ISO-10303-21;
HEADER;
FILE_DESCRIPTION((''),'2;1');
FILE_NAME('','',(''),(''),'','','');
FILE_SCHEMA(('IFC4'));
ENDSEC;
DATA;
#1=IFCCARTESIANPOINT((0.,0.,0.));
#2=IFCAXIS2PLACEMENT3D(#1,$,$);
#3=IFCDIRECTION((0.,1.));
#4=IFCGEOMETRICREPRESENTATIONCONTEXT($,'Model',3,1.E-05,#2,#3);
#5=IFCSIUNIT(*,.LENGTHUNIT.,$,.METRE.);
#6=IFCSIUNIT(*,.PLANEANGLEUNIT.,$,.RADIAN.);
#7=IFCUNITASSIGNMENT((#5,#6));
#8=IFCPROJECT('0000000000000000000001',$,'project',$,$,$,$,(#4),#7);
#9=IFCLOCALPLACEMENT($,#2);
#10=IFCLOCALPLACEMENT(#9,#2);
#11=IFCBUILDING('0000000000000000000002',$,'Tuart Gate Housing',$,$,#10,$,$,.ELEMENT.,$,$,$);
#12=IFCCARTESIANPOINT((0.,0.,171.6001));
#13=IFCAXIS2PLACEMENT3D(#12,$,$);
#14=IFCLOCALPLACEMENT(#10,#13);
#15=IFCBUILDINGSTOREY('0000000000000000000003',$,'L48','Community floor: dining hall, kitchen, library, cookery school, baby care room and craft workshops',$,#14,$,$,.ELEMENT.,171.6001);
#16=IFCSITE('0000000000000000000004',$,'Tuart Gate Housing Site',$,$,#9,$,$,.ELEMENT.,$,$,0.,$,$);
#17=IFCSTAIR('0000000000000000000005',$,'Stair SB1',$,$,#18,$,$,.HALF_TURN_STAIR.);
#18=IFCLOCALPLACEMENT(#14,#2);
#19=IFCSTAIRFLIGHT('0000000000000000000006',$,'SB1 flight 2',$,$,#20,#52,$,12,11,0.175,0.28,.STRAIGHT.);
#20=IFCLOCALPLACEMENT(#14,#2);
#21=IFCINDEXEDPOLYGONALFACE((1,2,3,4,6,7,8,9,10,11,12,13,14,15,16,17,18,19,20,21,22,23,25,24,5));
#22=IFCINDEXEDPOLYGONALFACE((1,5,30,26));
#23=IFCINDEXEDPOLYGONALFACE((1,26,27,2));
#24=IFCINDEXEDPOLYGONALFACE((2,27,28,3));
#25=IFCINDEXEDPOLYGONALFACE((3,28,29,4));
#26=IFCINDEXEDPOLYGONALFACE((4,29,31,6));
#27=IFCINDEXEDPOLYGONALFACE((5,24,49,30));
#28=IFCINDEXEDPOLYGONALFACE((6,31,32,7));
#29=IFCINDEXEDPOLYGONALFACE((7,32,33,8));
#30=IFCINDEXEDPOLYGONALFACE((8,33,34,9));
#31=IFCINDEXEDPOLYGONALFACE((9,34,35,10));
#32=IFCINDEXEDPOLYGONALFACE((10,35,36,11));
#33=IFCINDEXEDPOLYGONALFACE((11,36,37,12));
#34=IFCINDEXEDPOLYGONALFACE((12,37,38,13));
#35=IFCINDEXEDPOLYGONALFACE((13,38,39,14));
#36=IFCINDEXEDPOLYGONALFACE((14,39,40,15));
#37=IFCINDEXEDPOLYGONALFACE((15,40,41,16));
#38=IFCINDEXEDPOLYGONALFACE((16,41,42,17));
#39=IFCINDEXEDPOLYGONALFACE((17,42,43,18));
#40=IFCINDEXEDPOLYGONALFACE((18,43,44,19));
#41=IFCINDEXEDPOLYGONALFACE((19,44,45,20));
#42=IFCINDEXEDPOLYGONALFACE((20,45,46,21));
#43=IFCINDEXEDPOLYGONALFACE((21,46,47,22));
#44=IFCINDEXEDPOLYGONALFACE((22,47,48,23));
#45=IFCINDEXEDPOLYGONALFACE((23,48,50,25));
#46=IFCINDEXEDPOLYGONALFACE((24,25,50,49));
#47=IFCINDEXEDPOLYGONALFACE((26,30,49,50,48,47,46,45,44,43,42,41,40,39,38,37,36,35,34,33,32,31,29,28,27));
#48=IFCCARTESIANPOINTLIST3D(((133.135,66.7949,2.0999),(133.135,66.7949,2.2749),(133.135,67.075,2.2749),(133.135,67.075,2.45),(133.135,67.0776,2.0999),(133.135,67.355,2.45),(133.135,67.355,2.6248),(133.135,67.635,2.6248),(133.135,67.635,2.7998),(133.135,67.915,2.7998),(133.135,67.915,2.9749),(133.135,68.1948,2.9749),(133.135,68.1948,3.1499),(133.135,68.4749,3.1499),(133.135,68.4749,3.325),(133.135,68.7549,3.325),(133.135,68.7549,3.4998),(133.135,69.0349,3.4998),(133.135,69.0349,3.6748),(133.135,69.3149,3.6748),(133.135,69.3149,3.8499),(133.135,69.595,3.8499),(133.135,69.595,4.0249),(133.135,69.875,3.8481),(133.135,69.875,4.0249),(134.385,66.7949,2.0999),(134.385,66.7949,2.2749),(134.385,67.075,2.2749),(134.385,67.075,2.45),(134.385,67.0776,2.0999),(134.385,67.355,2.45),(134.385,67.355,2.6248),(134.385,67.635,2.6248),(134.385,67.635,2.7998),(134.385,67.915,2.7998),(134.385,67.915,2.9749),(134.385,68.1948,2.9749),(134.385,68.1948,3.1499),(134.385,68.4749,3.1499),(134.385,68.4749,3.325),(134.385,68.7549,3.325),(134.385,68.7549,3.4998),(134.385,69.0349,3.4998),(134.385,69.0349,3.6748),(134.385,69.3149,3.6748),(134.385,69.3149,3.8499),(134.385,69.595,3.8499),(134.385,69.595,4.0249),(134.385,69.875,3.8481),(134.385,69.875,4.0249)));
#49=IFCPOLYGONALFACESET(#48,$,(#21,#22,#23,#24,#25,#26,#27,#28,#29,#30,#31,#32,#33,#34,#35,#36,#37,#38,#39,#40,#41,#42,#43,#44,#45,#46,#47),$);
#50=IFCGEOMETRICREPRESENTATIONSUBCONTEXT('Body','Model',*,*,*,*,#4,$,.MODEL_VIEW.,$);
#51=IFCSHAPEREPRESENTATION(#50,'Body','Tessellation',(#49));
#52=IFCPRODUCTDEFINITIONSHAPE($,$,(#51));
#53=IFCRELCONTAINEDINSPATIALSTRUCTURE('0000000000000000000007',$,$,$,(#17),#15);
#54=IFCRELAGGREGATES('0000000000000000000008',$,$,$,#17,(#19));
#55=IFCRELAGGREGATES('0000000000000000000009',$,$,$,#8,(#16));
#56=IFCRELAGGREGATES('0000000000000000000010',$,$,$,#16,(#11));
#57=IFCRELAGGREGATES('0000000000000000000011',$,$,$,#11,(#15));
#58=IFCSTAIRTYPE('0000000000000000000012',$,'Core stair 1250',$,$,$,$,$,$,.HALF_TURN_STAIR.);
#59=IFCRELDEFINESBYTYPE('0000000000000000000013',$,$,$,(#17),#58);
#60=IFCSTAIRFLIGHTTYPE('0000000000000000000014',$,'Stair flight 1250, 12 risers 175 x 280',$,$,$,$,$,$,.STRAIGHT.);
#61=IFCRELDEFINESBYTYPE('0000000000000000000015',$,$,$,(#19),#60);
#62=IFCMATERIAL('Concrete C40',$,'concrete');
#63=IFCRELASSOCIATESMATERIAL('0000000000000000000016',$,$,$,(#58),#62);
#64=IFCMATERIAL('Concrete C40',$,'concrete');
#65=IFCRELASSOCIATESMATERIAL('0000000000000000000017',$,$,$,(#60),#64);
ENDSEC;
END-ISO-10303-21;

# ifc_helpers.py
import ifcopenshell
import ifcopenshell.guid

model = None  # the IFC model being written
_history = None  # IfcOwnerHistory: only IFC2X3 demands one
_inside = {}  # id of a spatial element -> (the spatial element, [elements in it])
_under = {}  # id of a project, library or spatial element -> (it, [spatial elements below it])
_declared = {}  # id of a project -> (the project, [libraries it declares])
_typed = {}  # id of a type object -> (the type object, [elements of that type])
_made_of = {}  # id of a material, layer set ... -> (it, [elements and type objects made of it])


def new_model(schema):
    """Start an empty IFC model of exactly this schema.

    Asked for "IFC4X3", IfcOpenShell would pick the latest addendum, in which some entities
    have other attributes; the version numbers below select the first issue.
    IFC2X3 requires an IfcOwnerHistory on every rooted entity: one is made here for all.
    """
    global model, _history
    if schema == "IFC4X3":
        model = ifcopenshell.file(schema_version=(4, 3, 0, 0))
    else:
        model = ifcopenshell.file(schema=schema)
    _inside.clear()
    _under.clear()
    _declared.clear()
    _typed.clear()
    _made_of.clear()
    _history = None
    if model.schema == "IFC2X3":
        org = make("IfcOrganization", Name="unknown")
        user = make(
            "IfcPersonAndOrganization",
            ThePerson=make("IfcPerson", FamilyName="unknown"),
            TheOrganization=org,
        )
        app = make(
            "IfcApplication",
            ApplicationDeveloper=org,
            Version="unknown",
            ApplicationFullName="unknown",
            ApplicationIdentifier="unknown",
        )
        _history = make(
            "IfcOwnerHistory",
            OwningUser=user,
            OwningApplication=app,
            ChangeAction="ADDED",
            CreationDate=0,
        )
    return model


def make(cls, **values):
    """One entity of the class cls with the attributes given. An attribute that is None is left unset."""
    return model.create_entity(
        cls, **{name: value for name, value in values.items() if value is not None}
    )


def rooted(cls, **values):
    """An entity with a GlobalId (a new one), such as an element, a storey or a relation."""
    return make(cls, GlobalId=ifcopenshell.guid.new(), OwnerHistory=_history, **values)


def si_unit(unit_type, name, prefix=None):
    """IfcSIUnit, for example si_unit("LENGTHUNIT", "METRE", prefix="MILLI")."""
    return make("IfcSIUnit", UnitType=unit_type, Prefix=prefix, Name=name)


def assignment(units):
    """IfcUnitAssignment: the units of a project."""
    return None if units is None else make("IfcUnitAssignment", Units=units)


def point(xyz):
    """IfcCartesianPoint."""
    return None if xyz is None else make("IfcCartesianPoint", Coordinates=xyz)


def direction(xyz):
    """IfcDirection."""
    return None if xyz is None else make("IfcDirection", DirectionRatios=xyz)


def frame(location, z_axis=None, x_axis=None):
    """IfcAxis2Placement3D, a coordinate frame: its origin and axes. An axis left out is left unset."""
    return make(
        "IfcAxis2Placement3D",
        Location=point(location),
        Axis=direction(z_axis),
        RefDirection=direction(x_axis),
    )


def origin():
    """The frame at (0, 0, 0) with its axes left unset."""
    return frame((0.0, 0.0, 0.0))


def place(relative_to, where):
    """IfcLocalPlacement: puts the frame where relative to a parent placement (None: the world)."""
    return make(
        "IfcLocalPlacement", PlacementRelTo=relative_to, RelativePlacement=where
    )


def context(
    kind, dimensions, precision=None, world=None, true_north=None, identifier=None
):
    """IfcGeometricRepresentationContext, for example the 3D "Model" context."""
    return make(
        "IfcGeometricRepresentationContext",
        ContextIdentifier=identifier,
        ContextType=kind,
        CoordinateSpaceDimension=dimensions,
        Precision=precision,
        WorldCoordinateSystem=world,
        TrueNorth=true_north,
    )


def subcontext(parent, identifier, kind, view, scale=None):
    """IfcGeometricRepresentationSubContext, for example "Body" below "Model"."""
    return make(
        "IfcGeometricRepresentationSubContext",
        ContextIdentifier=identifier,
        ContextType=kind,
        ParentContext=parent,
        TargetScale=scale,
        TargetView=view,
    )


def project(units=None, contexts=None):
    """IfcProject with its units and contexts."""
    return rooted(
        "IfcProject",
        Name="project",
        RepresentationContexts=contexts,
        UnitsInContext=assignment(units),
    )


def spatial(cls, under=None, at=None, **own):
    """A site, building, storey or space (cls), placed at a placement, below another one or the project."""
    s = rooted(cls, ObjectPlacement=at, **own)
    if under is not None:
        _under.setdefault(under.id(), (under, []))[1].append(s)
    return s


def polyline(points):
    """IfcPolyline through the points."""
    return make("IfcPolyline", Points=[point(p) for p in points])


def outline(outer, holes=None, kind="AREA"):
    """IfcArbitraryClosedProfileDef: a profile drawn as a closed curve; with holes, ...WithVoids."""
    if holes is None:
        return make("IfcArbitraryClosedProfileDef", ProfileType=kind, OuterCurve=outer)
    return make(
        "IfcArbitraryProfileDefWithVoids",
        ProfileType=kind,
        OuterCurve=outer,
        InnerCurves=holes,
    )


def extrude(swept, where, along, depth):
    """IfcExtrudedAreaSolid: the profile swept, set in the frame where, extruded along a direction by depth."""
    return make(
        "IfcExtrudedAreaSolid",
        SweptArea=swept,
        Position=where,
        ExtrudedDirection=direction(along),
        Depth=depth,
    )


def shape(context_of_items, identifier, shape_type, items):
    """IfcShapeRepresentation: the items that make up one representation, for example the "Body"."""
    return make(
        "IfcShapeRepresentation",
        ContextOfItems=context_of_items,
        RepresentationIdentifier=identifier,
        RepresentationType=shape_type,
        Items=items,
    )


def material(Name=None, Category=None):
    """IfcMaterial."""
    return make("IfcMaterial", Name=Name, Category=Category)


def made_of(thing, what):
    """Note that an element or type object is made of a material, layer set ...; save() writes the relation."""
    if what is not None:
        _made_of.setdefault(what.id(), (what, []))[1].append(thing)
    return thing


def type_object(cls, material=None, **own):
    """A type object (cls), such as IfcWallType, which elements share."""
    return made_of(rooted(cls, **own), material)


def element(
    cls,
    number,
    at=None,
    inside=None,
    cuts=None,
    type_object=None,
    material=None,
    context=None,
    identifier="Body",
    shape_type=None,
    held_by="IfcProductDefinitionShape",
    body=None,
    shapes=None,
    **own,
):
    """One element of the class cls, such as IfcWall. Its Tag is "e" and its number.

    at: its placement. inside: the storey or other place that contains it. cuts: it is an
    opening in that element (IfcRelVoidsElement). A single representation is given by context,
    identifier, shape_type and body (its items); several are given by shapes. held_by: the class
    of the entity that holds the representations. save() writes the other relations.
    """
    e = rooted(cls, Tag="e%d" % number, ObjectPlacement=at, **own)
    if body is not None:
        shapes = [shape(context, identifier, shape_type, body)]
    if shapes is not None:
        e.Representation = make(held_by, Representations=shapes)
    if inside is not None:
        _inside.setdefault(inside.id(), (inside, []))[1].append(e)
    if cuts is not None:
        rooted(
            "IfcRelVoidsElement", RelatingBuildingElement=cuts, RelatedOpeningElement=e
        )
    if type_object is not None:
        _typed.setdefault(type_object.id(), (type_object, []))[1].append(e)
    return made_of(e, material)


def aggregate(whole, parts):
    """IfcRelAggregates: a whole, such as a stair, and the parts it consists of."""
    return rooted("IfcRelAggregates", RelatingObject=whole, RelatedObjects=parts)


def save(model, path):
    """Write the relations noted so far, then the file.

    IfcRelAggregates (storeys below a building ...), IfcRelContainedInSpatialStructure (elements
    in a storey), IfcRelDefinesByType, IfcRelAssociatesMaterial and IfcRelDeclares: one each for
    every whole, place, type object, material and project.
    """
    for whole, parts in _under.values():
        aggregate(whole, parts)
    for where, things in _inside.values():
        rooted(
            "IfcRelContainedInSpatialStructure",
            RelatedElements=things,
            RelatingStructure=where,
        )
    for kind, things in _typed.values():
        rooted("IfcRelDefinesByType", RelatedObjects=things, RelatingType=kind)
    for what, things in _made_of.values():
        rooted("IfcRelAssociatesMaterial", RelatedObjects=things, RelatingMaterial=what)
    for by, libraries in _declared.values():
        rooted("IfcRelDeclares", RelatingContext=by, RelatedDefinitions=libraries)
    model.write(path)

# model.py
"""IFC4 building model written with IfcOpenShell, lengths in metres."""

from ifc_helpers import new_model, si_unit, direction, frame, origin, place, context, subcontext, project, spatial, polyline, outline, extrude, material, type_object, element, aggregate, save


model = new_model("IFC4")

# Units and contexts
model_context = context("Model", 3, precision=1e-05, world=origin(), true_north=direction((0.0, 1.0)))
body_context = subcontext(model_context, "Body", "Model", "MODEL_VIEW")
ifc_project = project(units=[si_unit("LENGTHUNIT", "METRE"), si_unit("PLANEANGLEUNIT", "RADIAN")], contexts=[model_context])

# Site, building, storey
site_placement = place(None, origin())
site = spatial("IfcSite", under=ifc_project, at=site_placement, Name="Tuart Gate Housing Site", CompositionType="ELEMENT", RefElevation=0.0)
building_placement = place(site_placement, origin())
building = spatial("IfcBuilding", under=site, at=building_placement, Name="Tuart Gate Housing", CompositionType="ELEMENT")
storey_placement = place(building_placement, frame((0.0, 0.0, 171.6001)))
storey = spatial("IfcBuildingStorey", under=building, at=storey_placement, Name="L48", Description="Community floor: dining hall, kitchen, library, cookery school, baby care room and craft workshops", CompositionType="ELEMENT", Elevation=171.6001)

# Stair, stair flight
ifc_material_1 = material(Name="Concrete C40", Category="concrete")
stair_type = type_object("IfcStairType", Name="Core stair 1250", PredefinedType="HALF_TURN_STAIR", material=ifc_material_1)
stair_placement = place(storey_placement, origin())
stair = element("IfcStair", 1, at=stair_placement, inside=storey, type_object=stair_type, Name="Stair SB1", PredefinedType="HALF_TURN_STAIR")
ifc_material_2 = material(Name="Concrete C40", Category="concrete")
stair_flight_type = type_object("IfcStairFlightType", Name="Stair flight 1250, 12 risers 175 x 280", PredefinedType="STRAIGHT", material=ifc_material_2)
stair_flight_1_placement = place(storey_placement, frame((133.76, 66.7949, 2.0999), z_axis=(0.0, 0.0, 1.0), x_axis=(0.0, 1.0, 0.0)))
stair_flight_1 = element("IfcStairFlight", 2, at=stair_flight_1_placement, type_object=stair_flight_type, Name="SB1 flight 2", NumberOfRisers=12, NumberOfTreads=11, PredefinedType="STRAIGHT", RiserHeight=0.175, TreadLength=0.28, context=body_context, shape_type="SweptSolid", body=[
    extrude(outline(polyline([(0.0, 0.0), (0.0, 0.175), (0.28, 0.175), (0.28, 0.3501), (0.5601, 0.3501), (0.5601, 0.5249), (0.8401, 0.5249), (0.8401, 0.7), (1.1201, 0.7), (1.1201, 0.875), (1.3999, 0.875), (1.3999, 1.05), (1.6799, 1.05), (1.6799, 1.2251), (1.96, 1.2251), (1.96, 1.3999), (2.24, 1.3999), (2.24, 1.575), (2.52, 1.575), (2.52, 1.75), (2.8, 1.75), (2.8, 1.925), (3.0801, 1.925), (3.0801, 2.1001), (3.0801, 1.7483), (0.2827, 0.0), (0.0, 0.0)])), frame((0.0, 0.625, 0.0), z_axis=(0.0, -1.0, 0.0), x_axis=(1.0, 0.0, 0.0)), (0.0, 0.0, 1.0), 1.25),
])
aggregate(stair, [stair_flight_1])

save(model, "model.ifc")
